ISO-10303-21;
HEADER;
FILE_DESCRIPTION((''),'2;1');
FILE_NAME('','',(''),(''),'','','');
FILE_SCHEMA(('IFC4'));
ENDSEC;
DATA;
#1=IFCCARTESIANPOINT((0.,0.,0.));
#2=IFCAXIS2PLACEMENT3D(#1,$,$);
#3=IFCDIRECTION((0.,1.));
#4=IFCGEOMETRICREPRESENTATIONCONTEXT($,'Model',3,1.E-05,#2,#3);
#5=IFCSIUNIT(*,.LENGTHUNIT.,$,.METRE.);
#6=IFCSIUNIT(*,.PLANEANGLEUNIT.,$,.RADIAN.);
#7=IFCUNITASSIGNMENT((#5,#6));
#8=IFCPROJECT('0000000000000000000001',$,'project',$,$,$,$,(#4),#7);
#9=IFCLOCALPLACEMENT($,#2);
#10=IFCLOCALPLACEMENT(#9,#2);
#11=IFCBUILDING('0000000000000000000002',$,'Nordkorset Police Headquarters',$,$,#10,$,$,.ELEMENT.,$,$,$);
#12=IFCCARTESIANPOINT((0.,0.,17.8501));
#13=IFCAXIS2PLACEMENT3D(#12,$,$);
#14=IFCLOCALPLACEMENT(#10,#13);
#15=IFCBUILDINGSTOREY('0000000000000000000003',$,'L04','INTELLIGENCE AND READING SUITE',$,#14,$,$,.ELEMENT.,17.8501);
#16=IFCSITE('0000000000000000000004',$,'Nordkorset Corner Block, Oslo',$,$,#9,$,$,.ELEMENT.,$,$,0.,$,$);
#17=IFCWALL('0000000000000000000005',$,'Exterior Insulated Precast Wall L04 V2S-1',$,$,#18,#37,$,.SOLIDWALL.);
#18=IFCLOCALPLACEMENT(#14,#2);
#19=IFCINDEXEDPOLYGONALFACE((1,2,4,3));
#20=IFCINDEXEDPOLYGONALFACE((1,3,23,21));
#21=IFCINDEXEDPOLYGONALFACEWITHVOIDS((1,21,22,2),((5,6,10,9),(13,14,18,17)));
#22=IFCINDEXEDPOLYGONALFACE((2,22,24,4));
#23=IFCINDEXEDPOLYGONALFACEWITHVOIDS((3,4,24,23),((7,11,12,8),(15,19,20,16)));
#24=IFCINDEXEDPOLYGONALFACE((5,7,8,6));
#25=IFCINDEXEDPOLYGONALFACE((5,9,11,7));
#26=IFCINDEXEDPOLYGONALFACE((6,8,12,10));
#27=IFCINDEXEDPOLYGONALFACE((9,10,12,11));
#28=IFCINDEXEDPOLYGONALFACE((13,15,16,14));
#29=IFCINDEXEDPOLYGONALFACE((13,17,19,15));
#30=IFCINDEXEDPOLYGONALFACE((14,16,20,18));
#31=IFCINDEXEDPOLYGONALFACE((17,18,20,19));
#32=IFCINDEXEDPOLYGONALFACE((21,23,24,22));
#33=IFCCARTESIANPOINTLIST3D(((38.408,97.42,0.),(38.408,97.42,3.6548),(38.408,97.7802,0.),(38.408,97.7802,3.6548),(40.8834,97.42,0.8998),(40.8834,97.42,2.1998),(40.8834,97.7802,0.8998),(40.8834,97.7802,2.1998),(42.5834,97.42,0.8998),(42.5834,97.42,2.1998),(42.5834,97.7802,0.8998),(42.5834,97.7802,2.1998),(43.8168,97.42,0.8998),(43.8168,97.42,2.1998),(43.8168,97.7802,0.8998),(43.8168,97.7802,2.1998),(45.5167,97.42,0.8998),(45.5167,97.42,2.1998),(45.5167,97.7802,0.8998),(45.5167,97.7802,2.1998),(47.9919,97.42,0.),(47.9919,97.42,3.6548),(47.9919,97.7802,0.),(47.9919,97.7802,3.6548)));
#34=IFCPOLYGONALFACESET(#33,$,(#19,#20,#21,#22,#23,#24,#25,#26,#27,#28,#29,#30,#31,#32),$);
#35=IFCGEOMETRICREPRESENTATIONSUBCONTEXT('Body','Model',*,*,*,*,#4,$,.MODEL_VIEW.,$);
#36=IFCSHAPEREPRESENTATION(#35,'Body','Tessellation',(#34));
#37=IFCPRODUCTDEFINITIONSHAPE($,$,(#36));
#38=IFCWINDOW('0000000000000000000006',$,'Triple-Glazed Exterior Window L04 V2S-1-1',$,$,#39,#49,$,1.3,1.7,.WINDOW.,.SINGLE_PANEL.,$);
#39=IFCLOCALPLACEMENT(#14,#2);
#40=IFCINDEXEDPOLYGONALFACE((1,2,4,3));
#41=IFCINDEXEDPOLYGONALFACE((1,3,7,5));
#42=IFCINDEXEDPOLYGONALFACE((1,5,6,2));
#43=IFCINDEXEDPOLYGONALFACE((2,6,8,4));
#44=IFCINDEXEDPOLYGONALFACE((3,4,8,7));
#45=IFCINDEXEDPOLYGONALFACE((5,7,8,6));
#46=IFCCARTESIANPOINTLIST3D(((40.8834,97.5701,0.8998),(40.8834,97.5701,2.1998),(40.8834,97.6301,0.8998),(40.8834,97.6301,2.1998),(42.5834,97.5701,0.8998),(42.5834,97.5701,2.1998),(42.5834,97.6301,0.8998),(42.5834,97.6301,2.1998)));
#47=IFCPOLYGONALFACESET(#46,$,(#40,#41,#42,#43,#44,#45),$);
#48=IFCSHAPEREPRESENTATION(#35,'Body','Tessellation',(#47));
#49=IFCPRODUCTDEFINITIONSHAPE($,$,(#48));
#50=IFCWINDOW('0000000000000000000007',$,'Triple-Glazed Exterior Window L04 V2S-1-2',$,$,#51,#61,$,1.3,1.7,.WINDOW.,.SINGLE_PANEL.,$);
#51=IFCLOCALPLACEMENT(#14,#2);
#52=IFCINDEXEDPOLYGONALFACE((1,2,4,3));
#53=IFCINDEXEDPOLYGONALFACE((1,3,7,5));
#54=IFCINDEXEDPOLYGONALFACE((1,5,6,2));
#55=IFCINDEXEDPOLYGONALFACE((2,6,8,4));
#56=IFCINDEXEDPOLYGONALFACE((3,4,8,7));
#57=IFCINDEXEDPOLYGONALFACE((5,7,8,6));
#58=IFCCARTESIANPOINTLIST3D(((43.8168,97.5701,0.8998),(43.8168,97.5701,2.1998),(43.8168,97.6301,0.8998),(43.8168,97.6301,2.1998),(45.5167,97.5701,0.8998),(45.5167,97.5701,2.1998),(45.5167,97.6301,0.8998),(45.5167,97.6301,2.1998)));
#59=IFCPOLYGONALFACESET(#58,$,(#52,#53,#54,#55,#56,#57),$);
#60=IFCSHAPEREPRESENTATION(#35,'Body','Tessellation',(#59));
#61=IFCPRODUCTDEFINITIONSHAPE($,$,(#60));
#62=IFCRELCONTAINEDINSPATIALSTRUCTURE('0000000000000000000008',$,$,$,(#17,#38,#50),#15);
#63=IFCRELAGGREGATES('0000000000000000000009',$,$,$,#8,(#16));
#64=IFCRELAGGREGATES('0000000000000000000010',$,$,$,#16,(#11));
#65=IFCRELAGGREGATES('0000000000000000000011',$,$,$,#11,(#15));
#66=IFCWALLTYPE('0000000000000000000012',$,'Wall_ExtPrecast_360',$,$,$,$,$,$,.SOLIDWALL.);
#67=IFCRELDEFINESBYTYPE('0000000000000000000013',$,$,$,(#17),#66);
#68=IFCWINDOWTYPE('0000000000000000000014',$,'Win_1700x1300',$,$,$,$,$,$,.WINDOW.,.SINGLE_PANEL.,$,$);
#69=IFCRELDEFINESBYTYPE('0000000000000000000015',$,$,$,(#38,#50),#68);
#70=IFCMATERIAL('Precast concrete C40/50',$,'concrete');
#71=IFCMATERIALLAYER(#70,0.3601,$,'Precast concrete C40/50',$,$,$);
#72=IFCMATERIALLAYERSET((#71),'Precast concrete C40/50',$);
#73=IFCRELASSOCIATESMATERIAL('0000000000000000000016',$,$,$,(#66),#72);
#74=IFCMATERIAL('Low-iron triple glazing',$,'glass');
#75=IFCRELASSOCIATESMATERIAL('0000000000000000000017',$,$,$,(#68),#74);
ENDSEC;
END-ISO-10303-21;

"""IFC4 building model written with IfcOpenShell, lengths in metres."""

from ifc_helpers import new_model, si_unit, direction, frame, frame_2d, origin, place, context, subcontext, project, spatial, rectangle, extrude, material, layer, layer_set, type_object, element, fill, save


model = new_model("IFC4")

# Units and contexts
model_context = context("Model", 3, precision=1e-05, world=origin(), true_north=direction((0.0, 1.0)))
body_context = subcontext(model_context, "Body", "Model", "MODEL_VIEW")
ifc_project = project(units=[si_unit("LENGTHUNIT", "METRE"), si_unit("PLANEANGLEUNIT", "RADIAN")], contexts=[model_context])

# Site, building, storey
site_placement = place(None, origin())
site = spatial("IfcSite", under=ifc_project, at=site_placement, Name="Nordkorset Corner Block, Oslo", CompositionType="ELEMENT", RefElevation=0.0)
building_placement = place(site_placement, origin())
building = spatial("IfcBuilding", under=site, at=building_placement, Name="Nordkorset Police Headquarters", CompositionType="ELEMENT")
storey_placement = place(building_placement, frame((0.0, 0.0, 17.8501)))
storey = spatial("IfcBuildingStorey", under=building, at=storey_placement, Name="L04", Description="INTELLIGENCE AND READING SUITE", CompositionType="ELEMENT", Elevation=17.8501)

# Wall, openings, windows
ifc_material_1 = material(Name="Precast concrete C40/50", Category="concrete")
ifc_layer_1 = layer(ifc_material_1, 0.3601, Name="Precast concrete C40/50")
ifc_layer_set_1 = layer_set([ifc_layer_1], Name="Precast concrete C40/50")
wall_type = type_object("IfcWallType", Name="Wall_ExtPrecast_360", PredefinedType="SOLIDWALL", material=ifc_layer_set_1)
wall_placement = place(storey_placement, frame((38.408, 97.6001, 0.0), z_axis=(0.0, 0.0, 1.0), x_axis=(1.0, 0.0, 0.0)))
wall = element("IfcWall", 1, at=wall_placement, inside=storey, type_object=wall_type, Name="Exterior Insulated Precast Wall L04 V2S-1", PredefinedType="SOLIDWALL", context=body_context, shape_type="SweptSolid", body=[
    extrude(rectangle(XDim=9.584, YDim=0.3601, at=frame_2d((4.792, 0.0))), origin(), (0.0, 0.0, 1.0), 3.6548),
])
opening_1_placement = place(wall_placement, frame((2.4753, 0.0, 0.8999)))
opening_1 = element("IfcOpeningElement", 2, at=opening_1_placement, cuts=wall, PredefinedType="OPENING", context=body_context, shape_type="SweptSolid", body=[
    extrude(rectangle(XDim=1.7, YDim=1.3, at=frame_2d((0.8501, 0.6499))), frame((0.0, 0.1899, 0.0), z_axis=(0.0, -1.0, 0.0), x_axis=(1.0, 0.0, 0.0)), (0.0, 0.0, 1.0), 0.3801),
])
opening_2_placement = place(wall_placement, frame((5.4087, 0.0, 0.8999)))
opening_2 = element("IfcOpeningElement", 3, at=opening_2_placement, cuts=wall, PredefinedType="OPENING", context=body_context, shape_type="SweptSolid", body=[
    extrude(rectangle(XDim=1.7, YDim=1.3, at=frame_2d((0.8501, 0.6499))), frame((0.0, 0.1899, 0.0), z_axis=(0.0, -1.0, 0.0), x_axis=(1.0, 0.0, 0.0)), (0.0, 0.0, 1.0), 0.3801),
])
ifc_material_2 = material(Name="Low-iron triple glazing", Category="glass")
window_type = type_object("IfcWindowType", Name="Win_1700x1300", PartitioningType="SINGLE_PANEL", PredefinedType="WINDOW", material=ifc_material_2)
window_1_placement = place(opening_1_placement, origin())
window_1 = element("IfcWindow", 4, at=window_1_placement, inside=storey, type_object=window_type, Name="Triple-Glazed Exterior Window L04 V2S-1-1", OverallHeight=1.3, OverallWidth=1.7, PartitioningType="SINGLE_PANEL", PredefinedType="WINDOW", context=body_context, shape_type="SweptSolid", body=[
    extrude(rectangle(XDim=1.7, YDim=1.3, at=frame_2d((0.8501, 0.6499))), frame((0.0, 0.03, 0.0), z_axis=(0.0, -1.0, 0.0), x_axis=(1.0, 0.0, 0.0)), (0.0, 0.0, 1.0), 0.0601),
])
fill(opening_1, window_1)
window_2_placement = place(opening_2_placement, origin())
window_2 = element("IfcWindow", 5, at=window_2_placement, inside=storey, type_object=window_type, Name="Triple-Glazed Exterior Window L04 V2S-1-2", OverallHeight=1.3, OverallWidth=1.7, PartitioningType="SINGLE_PANEL", PredefinedType="WINDOW", context=body_context, shape_type="SweptSolid", body=[
    extrude(rectangle(XDim=1.7, YDim=1.3, at=frame_2d((0.8501, 0.6499))), frame((0.0, 0.03, 0.0), z_axis=(0.0, -1.0, 0.0), x_axis=(1.0, 0.0, 0.0)), (0.0, 0.0, 1.0), 0.0601),
])
fill(opening_2, window_2)

save(model, "model.ifc")
